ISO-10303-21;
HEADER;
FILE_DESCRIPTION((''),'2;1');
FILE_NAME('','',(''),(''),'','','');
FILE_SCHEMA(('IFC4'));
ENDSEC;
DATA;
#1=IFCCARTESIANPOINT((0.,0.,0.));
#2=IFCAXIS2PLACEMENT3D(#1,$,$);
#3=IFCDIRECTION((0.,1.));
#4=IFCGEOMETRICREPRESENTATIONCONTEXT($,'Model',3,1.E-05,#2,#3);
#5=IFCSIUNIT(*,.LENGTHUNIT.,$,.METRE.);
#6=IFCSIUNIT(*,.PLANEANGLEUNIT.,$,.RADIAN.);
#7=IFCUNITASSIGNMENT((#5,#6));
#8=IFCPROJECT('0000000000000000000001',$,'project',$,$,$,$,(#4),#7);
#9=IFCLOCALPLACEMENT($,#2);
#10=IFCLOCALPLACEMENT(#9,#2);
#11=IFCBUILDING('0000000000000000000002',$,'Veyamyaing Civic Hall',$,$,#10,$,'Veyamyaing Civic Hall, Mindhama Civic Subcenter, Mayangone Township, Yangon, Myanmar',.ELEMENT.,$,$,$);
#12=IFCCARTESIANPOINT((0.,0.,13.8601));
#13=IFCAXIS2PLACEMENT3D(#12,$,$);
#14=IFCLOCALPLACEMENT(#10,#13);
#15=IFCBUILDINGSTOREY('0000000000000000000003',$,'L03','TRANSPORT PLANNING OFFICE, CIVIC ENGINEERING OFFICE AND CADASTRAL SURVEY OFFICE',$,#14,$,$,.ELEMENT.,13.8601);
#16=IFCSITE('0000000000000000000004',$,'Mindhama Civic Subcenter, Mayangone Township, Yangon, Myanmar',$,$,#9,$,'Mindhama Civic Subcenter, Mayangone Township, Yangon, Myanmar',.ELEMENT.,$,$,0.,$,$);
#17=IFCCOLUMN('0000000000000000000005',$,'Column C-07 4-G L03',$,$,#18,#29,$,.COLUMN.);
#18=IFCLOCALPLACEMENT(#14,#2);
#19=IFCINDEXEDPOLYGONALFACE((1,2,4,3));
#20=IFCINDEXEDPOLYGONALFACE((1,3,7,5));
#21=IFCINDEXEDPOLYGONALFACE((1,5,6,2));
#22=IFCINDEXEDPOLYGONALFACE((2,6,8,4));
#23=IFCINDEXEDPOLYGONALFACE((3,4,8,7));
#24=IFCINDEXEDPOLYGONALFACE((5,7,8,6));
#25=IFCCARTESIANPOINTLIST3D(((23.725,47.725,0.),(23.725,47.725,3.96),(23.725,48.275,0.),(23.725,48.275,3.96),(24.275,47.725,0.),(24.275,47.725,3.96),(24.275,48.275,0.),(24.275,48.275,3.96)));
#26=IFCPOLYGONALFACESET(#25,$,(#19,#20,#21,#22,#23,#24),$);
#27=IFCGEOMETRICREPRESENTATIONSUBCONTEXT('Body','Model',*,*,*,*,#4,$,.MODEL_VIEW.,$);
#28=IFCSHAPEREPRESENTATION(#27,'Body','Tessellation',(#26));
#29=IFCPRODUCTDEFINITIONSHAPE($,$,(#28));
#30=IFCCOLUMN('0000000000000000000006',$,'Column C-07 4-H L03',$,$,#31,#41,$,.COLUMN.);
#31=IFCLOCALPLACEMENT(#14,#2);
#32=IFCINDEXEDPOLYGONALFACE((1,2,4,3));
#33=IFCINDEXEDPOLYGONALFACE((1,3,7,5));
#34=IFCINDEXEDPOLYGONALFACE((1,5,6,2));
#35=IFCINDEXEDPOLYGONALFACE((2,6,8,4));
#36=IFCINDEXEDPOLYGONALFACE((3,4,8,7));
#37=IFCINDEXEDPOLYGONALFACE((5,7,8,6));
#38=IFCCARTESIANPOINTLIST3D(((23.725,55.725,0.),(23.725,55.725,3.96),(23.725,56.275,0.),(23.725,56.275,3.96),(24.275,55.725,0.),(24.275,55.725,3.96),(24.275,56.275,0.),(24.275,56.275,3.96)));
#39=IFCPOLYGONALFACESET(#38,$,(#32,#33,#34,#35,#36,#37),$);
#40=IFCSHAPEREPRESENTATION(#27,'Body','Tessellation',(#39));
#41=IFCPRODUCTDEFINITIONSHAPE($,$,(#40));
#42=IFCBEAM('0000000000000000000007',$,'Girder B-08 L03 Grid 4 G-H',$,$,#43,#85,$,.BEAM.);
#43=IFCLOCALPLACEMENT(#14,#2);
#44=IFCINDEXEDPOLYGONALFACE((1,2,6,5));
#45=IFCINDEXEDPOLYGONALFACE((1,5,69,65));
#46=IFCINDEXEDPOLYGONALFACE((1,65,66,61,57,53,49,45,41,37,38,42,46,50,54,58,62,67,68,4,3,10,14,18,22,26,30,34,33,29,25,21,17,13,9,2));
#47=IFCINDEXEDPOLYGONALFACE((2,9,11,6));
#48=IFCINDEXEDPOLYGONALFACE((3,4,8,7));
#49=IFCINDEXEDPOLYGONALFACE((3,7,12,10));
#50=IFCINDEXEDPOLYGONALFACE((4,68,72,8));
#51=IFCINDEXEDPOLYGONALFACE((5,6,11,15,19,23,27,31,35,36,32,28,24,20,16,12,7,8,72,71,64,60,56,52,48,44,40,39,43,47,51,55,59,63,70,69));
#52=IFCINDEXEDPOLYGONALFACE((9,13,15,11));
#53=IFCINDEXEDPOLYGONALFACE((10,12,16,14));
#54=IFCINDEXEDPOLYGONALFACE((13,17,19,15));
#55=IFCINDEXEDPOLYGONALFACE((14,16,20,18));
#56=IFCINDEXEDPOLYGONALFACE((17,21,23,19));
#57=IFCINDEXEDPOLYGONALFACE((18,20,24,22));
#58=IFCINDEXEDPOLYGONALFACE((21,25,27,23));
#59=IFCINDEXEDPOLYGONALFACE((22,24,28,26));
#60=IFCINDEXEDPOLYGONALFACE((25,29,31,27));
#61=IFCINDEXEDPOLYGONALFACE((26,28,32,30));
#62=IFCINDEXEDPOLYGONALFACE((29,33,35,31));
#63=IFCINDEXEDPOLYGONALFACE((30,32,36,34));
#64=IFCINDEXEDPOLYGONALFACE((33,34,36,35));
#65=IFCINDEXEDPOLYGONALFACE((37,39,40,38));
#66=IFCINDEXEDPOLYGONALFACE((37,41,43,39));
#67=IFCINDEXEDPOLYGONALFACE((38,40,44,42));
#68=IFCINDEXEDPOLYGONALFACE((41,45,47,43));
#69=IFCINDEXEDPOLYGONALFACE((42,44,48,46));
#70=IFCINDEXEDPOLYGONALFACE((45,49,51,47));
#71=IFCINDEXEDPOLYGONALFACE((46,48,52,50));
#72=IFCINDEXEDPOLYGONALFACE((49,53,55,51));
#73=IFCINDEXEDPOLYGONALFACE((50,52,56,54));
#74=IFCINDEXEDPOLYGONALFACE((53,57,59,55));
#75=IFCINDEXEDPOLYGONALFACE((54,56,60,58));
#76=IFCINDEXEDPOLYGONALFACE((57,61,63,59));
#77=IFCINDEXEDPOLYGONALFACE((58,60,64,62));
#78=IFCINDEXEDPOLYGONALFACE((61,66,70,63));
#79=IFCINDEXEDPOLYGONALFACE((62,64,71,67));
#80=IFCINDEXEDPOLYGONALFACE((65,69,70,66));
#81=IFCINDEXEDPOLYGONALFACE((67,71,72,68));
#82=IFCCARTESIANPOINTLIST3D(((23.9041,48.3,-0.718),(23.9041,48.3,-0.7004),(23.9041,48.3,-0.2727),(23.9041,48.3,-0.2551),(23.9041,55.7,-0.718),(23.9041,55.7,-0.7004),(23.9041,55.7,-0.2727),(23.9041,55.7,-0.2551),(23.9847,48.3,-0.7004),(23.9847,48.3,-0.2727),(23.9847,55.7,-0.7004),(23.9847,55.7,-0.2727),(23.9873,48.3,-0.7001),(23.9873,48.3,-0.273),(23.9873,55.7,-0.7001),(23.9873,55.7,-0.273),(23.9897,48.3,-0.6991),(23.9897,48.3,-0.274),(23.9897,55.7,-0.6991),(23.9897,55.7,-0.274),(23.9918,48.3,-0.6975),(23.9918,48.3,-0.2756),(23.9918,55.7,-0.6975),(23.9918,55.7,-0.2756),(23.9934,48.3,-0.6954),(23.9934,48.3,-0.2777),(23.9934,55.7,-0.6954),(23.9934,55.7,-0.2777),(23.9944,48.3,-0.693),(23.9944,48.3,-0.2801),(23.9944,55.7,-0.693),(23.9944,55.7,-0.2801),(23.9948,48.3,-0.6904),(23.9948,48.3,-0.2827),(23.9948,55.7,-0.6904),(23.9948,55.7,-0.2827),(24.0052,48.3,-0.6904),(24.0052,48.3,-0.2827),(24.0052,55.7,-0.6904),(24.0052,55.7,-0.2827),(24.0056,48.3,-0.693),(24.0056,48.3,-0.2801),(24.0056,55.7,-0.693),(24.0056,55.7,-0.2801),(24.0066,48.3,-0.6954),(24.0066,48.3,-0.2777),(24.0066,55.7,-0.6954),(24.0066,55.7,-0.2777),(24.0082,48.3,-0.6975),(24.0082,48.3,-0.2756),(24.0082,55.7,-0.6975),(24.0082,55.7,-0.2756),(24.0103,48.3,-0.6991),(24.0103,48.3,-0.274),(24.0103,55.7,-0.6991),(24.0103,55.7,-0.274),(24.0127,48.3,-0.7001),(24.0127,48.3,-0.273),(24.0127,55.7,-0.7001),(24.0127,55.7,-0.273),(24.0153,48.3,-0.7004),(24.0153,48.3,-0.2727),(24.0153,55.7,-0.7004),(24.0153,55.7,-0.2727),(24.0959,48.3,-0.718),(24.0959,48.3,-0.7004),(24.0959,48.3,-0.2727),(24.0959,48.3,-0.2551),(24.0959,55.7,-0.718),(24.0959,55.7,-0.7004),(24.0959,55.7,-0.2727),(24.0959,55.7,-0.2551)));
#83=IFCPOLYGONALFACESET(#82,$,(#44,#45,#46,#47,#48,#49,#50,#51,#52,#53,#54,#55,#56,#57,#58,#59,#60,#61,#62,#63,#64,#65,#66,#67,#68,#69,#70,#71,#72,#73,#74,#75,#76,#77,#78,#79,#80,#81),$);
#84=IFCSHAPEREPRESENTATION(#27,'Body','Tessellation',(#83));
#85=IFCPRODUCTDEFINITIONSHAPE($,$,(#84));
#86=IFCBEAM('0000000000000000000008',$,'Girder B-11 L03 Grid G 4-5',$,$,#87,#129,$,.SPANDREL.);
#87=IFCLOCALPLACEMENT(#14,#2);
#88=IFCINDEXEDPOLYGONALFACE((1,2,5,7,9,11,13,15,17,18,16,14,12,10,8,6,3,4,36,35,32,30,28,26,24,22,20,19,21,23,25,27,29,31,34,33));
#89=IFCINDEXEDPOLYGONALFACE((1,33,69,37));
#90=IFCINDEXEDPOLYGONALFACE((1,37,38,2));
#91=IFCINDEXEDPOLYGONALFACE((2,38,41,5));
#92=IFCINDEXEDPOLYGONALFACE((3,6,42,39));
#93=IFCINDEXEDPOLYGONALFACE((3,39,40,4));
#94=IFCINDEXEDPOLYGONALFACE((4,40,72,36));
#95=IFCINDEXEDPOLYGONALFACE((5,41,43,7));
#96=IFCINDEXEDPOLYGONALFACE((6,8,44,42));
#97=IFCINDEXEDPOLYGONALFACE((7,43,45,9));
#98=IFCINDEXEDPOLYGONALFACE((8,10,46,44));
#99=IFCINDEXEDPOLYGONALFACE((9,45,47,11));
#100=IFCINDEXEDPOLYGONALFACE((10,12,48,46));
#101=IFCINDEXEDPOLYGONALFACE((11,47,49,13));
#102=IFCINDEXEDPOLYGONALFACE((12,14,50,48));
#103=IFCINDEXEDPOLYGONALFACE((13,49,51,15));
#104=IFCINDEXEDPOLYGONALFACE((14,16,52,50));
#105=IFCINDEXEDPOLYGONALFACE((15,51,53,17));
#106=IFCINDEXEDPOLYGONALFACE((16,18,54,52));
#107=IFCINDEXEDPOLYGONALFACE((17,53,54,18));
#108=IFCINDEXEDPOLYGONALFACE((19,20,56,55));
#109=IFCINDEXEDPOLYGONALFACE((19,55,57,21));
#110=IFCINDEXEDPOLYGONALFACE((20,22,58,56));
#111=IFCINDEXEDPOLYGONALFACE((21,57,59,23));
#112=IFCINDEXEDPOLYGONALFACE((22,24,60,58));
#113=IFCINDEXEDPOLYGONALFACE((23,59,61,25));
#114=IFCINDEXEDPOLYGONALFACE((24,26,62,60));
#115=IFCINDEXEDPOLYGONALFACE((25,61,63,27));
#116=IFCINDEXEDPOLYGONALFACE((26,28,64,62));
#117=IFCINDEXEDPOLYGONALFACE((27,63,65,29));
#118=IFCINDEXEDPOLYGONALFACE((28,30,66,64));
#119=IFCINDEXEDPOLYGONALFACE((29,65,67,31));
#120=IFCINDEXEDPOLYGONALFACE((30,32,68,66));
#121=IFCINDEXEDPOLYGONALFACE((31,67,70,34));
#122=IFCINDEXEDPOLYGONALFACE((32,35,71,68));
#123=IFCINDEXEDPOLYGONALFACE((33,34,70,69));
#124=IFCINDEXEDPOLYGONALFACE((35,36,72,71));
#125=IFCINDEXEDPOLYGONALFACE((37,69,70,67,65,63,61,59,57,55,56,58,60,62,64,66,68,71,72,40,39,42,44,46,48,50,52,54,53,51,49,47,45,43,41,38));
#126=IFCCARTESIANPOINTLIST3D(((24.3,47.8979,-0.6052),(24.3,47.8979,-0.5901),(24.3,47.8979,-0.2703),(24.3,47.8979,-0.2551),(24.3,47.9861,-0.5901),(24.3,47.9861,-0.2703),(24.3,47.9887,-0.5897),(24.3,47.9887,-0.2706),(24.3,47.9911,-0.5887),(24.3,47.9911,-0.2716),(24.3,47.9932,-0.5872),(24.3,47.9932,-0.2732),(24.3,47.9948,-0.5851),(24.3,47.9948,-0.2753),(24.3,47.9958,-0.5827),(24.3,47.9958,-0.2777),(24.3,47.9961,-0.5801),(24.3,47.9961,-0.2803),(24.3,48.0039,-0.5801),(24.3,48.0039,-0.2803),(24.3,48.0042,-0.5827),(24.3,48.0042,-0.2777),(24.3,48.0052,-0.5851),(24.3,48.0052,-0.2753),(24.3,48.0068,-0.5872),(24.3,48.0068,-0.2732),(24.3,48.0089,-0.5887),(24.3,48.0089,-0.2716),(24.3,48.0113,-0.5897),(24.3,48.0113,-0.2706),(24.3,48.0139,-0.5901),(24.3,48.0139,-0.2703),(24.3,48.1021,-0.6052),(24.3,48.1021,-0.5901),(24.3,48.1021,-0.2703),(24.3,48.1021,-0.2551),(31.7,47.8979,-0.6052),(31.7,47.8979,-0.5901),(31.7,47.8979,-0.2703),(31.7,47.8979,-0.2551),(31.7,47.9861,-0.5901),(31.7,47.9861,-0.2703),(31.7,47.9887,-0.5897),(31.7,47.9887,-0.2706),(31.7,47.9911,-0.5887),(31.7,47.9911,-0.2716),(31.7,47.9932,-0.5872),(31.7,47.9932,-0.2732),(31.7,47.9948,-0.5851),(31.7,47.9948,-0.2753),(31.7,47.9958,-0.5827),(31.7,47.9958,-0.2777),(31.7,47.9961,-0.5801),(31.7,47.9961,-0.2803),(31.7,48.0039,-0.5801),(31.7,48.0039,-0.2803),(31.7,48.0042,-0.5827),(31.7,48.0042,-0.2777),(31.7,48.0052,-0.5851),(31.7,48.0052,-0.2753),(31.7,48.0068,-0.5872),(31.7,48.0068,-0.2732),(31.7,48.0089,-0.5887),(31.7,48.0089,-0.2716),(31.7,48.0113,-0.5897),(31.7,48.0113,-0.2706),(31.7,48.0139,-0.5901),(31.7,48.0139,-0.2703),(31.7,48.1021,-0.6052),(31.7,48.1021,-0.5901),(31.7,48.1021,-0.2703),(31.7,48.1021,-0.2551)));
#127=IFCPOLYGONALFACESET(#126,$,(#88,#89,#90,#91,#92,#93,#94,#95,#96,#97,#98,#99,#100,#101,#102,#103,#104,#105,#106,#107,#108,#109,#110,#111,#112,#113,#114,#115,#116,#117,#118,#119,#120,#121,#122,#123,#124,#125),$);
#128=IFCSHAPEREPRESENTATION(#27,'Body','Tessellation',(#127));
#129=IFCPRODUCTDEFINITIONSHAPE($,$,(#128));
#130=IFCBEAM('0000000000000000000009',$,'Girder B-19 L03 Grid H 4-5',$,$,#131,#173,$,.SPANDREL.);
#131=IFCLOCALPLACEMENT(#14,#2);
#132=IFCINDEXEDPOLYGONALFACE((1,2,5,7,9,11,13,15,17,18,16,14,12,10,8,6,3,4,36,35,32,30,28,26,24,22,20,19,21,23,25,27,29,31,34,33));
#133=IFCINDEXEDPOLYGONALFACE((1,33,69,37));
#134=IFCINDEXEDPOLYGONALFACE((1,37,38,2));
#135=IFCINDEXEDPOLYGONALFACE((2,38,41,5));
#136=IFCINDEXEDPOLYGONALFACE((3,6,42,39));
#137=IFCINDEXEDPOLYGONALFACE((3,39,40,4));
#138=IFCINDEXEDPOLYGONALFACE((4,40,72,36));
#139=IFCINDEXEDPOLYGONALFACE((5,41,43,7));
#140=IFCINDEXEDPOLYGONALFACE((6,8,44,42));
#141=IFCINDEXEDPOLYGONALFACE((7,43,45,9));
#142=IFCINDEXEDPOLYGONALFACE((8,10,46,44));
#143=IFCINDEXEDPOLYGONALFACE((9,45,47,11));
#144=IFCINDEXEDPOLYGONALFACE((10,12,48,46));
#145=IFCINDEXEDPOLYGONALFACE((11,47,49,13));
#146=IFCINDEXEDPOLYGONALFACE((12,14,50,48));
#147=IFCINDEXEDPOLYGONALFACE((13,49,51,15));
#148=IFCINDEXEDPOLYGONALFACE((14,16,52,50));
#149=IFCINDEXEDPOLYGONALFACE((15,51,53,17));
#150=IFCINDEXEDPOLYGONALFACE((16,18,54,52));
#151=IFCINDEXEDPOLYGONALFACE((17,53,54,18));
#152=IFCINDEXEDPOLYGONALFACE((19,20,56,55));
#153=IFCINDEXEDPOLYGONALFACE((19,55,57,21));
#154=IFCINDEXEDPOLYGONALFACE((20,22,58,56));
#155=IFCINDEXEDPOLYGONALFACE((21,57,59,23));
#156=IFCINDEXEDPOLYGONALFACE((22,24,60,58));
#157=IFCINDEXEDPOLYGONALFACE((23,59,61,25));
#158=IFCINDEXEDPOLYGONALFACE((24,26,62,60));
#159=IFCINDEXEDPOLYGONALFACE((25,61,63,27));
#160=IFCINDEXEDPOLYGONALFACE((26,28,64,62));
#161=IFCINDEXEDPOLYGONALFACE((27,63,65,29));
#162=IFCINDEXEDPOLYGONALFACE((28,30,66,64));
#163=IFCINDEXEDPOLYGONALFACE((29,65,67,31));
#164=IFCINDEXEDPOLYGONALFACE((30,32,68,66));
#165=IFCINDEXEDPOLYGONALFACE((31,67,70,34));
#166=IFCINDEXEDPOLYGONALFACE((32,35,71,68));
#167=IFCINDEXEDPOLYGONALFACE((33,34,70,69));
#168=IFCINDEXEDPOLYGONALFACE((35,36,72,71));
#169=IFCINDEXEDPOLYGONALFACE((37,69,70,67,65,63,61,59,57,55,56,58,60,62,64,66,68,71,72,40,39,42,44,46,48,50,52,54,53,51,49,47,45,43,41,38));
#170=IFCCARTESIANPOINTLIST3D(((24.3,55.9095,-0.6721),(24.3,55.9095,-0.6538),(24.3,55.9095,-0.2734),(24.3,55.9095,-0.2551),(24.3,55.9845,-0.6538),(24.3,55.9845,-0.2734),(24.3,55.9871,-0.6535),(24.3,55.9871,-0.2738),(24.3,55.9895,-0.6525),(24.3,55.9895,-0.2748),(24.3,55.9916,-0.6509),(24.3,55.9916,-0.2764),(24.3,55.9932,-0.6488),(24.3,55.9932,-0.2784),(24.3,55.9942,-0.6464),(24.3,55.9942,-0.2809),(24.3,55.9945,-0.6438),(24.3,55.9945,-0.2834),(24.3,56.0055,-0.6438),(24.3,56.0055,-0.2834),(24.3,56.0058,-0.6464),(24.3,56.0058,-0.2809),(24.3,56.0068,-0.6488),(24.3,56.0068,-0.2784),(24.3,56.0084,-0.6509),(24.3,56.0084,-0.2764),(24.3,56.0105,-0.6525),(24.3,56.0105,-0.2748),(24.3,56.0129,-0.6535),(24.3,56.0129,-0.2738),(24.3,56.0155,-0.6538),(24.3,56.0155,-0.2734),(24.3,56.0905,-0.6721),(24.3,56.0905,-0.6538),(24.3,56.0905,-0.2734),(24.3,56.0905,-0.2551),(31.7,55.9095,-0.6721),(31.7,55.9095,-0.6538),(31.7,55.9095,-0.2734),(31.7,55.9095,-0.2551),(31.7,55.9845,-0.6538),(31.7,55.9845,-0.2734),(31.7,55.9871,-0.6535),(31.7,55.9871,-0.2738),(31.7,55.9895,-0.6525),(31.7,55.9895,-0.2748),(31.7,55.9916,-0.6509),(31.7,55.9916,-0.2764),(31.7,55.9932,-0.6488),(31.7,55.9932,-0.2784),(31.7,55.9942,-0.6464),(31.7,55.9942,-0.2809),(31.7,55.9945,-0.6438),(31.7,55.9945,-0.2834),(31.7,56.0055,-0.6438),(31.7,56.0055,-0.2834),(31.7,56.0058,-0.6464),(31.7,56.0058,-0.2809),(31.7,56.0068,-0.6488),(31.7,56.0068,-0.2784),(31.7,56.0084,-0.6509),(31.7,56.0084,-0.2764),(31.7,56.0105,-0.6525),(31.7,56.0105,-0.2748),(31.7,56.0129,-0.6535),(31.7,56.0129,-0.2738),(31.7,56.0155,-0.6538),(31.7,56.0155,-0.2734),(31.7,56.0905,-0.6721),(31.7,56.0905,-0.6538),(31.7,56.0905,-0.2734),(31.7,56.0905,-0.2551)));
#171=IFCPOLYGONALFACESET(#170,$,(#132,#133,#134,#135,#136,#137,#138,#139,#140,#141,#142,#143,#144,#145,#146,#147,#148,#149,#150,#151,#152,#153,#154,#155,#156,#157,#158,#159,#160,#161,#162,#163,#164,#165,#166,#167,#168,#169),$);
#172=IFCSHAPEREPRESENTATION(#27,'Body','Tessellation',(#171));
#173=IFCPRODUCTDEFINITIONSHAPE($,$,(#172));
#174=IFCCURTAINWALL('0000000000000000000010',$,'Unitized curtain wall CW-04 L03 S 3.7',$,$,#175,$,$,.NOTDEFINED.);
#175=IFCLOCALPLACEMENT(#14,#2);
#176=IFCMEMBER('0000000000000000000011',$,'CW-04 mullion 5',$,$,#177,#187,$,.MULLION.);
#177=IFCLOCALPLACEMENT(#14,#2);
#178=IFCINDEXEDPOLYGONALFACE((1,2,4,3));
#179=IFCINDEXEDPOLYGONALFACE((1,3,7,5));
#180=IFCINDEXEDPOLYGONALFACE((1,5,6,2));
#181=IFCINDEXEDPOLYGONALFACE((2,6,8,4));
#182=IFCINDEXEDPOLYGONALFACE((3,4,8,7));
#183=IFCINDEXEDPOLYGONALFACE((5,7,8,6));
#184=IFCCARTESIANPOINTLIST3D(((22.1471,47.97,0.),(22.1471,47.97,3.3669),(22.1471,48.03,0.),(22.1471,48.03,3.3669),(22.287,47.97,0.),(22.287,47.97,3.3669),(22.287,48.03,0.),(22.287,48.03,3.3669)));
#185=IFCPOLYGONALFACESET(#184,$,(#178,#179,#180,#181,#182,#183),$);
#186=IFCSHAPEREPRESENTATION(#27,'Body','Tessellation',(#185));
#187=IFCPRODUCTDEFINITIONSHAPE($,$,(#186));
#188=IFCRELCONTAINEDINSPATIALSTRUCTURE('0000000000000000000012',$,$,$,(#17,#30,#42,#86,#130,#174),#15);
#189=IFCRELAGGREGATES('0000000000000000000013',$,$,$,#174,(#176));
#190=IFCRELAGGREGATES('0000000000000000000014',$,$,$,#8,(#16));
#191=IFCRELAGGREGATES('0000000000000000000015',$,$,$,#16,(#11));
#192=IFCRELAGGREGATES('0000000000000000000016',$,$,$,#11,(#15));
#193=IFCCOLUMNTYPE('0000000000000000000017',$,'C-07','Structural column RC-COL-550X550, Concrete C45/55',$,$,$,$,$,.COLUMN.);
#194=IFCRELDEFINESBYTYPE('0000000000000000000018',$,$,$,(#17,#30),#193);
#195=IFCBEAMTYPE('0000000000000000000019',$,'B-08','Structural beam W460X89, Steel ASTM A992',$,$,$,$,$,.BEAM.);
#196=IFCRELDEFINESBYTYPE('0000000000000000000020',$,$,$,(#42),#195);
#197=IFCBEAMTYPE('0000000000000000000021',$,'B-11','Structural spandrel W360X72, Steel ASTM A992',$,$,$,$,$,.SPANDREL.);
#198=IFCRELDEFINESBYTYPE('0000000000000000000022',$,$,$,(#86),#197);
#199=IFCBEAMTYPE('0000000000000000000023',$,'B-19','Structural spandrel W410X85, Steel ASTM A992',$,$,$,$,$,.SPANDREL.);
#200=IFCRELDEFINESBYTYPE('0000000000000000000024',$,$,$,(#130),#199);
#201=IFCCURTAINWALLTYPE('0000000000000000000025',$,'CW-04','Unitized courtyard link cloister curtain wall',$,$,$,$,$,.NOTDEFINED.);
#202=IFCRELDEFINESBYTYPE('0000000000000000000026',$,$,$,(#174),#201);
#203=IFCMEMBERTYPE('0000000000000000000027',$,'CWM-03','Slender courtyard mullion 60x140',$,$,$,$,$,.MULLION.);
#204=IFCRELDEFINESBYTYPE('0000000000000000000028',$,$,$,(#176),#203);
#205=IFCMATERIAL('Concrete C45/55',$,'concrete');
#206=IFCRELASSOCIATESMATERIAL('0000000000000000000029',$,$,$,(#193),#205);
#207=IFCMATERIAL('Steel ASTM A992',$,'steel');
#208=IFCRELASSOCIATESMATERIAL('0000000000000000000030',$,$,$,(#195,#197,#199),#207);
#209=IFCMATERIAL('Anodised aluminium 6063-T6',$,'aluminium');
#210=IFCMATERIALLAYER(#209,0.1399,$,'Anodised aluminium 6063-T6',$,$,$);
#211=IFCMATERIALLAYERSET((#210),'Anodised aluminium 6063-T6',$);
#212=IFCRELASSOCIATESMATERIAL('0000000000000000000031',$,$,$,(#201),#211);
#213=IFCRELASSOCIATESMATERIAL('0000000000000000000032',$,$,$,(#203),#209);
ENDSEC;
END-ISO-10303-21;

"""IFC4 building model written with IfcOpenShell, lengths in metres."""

from ifc_helpers import new_model, si_unit, direction, frame, origin, origin_2d, place, context, subcontext, project, spatial, rectangle, i_section, extrude, material, layer, layer_set, material_profile, profile_set, type_object, element, aggregate, save


model = new_model("IFC4")

# Units and contexts
model_context = context("Model", 3, precision=1e-05, world=origin(), true_north=direction((0.0, 1.0)))
body_context = subcontext(model_context, "Body", "Model", "MODEL_VIEW")
ifc_project = project(units=[si_unit("LENGTHUNIT", "METRE"), si_unit("PLANEANGLEUNIT", "RADIAN")], contexts=[model_context])

# Site, building, storey
site_placement = place(None, origin())
site = spatial("IfcSite", under=ifc_project, at=site_placement, Name="Mindhama Civic Subcenter, Mayangone Township, Yangon, Myanmar", LongName="Mindhama Civic Subcenter, Mayangone Township, Yangon, Myanmar", CompositionType="ELEMENT", RefElevation=0.0)
building_placement = place(site_placement, origin())
building = spatial("IfcBuilding", under=site, at=building_placement, Name="Veyamyaing Civic Hall", LongName="Veyamyaing Civic Hall, Mindhama Civic Subcenter, Mayangone Township, Yangon, Myanmar", CompositionType="ELEMENT")
storey_placement = place(building_placement, frame((0.0, 0.0, 13.8601)))
storey = spatial("IfcBuildingStorey", under=building, at=storey_placement, Name="L03", Description="TRANSPORT PLANNING OFFICE, CIVIC ENGINEERING OFFICE AND CADASTRAL SURVEY OFFICE", CompositionType="ELEMENT", Elevation=13.8601)

# Columns
ifc_material_1 = material(Name="Concrete C45/55", Category="concrete")
ifc_material_profile_1 = material_profile(ifc_material_1, rectangle(XDim=0.55, YDim=0.55, at=origin_2d()), Name="RC-COL-550X550")
ifc_profile_set_1 = profile_set([ifc_material_profile_1], Name="Concrete C45/55")
column_type = type_object("IfcColumnType", Name="C-07", Description="Structural column RC-COL-550X550, Concrete C45/55", PredefinedType="COLUMN", material=ifc_profile_set_1)
for number, where, z_axis, x_axis, name in (
    (1, (24.0, 48.0, 0.0), (0.0, 0.0, 1.0), (1.0, 0.0, 0.0), "Column C-07 4-G L03"),
    (2, (24.0, 56.0, 0.0), (0.0, 0.0, 1.0), (1.0, 0.0, 0.0), "Column C-07 4-H L03"),
):
    element("IfcColumn", number, at=place(storey_placement, frame(where, z_axis=z_axis, x_axis=x_axis)), inside=storey, type_object=column_type, Name=name, PredefinedType="COLUMN", context=body_context, shape_type="SweptSolid", body=[
        extrude(rectangle(XDim=0.55, YDim=0.55, at=origin_2d()), origin(), (0.0, 0.0, 1.0), 3.96),
    ])

# Beams
ifc_material_2 = material(Name="Steel ASTM A992", Category="steel")
ifc_material_profile_2 = material_profile(ifc_material_2, i_section(OverallWidth=0.1919, OverallDepth=0.4629, WebThickness=0.0105, FlangeThickness=0.0176, FilletRadius=0.01, at=origin_2d()), Name="W460X89")
ifc_profile_set_2 = profile_set([ifc_material_profile_2], Name="Steel ASTM A992")
beam_type_1 = type_object("IfcBeamType", Name="B-08", Description="Structural beam W460X89, Steel ASTM A992", PredefinedType="BEAM", material=ifc_profile_set_2)
beam_1_placement = place(storey_placement, frame((24.0, 48.3, -0.4866), z_axis=(0.0, 1.0, 0.0), x_axis=(-1.0, 0.0, 0.0)))
element("IfcBeam", 3, at=beam_1_placement, inside=storey, type_object=beam_type_1, Name="Girder B-08 L03 Grid 4 G-H", PredefinedType="BEAM", context=body_context, shape_type="SweptSolid", body=[
    extrude(i_section(OverallWidth=0.1919, OverallDepth=0.4629, WebThickness=0.0105, FlangeThickness=0.0176, FilletRadius=0.01, at=origin_2d()), origin(), (0.0, 0.0, 1.0), 7.3999),
])
ifc_material_profile_3 = material_profile(ifc_material_2, i_section(OverallWidth=0.2041, OverallDepth=0.3501, WebThickness=0.0078, FlangeThickness=0.0151, FilletRadius=0.01, at=origin_2d()), Name="W360X72")
ifc_profile_set_3 = profile_set([ifc_material_profile_3], Name="Steel ASTM A992")
beam_type_2 = type_object("IfcBeamType", Name="B-11", Description="Structural spandrel W360X72, Steel ASTM A992", PredefinedType="SPANDREL", material=ifc_profile_set_3)
beam_2_placement = place(storey_placement, frame((24.3, 48.0, -0.4302), z_axis=(1.0, 0.0, 0.0), x_axis=(0.0, 1.0, 0.0)))
element("IfcBeam", 4, at=beam_2_placement, inside=storey, type_object=beam_type_2, Name="Girder B-11 L03 Grid G 4-5", PredefinedType="SPANDREL", context=body_context, shape_type="SweptSolid", body=[
    extrude(i_section(OverallWidth=0.2041, OverallDepth=0.3501, WebThickness=0.0078, FlangeThickness=0.0151, FilletRadius=0.01, at=origin_2d()), origin(), (0.0, 0.0, 1.0), 7.3999),
])
ifc_material_profile_4 = material_profile(ifc_material_2, i_section(OverallWidth=0.1809, OverallDepth=0.417, WebThickness=0.011, FlangeThickness=0.0183, FilletRadius=0.01, at=origin_2d()), Name="W410X85")
ifc_profile_set_4 = profile_set([ifc_material_profile_4], Name="Steel ASTM A992")
beam_type_3 = type_object("IfcBeamType", Name="B-19", Description="Structural spandrel W410X85, Steel ASTM A992", PredefinedType="SPANDREL", material=ifc_profile_set_4)
beam_3_placement = place(storey_placement, frame((24.3, 56.0, -0.4636), z_axis=(1.0, 0.0, 0.0), x_axis=(0.0, 1.0, 0.0)))
element("IfcBeam", 5, at=beam_3_placement, inside=storey, type_object=beam_type_3, Name="Girder B-19 L03 Grid H 4-5", PredefinedType="SPANDREL", context=body_context, shape_type="SweptSolid", body=[
    extrude(i_section(OverallWidth=0.1809, OverallDepth=0.417, WebThickness=0.011, FlangeThickness=0.0183, FilletRadius=0.01, at=origin_2d()), origin(), (0.0, 0.0, 1.0), 7.3999),
])

# Curtain wall, member
ifc_material_3 = material(Name="Anodised aluminium 6063-T6", Category="aluminium")
ifc_layer_1 = layer(ifc_material_3, 0.1399, Name="Anodised aluminium 6063-T6")
ifc_layer_set_1 = layer_set([ifc_layer_1], Name="Anodised aluminium 6063-T6")
curtain_wall_type = type_object("IfcCurtainWallType", Name="CW-04", Description="Unitized courtyard link cloister curtain wall", PredefinedType="NOTDEFINED", material=ifc_layer_set_1)
curtain_wall_1_placement = place(storey_placement, origin())
curtain_wall_1 = element("IfcCurtainWall", 6, at=curtain_wall_1_placement, inside=storey, type_object=curtain_wall_type, Name="Unitized curtain wall CW-04 L03 S 3.7", PredefinedType="NOTDEFINED")
ifc_material_profile_5 = material_profile(ifc_material_3, rectangle(XDim=0.0601, YDim=0.1399, at=origin_2d()), Name="ALU-MUL-60X140")
ifc_profile_set_5 = profile_set([ifc_material_profile_5], Name="Anodised aluminium 6063-T6")
member_type_1 = type_object("IfcMemberType", Name="CWM-03", Description="Slender courtyard mullion 60x140", PredefinedType="MULLION", material=ifc_profile_set_5)
member_1_placement = place(storey_placement, frame((22.217, 48.0, 0.0), z_axis=(0.0, 0.0, 1.0), x_axis=(0.0, 1.0, 0.0)))
member_1 = element("IfcMember", 7, at=member_1_placement, type_object=member_type_1, Name="CW-04 mullion 5", PredefinedType="MULLION", context=body_context, shape_type="SweptSolid", body=[
    extrude(rectangle(XDim=0.0601, YDim=0.1399, at=origin_2d()), origin(), (0.0, 0.0, 1.0), 3.3669),
])

aggregate(curtain_wall_1, [member_1])

save(model, "model.ifc")
